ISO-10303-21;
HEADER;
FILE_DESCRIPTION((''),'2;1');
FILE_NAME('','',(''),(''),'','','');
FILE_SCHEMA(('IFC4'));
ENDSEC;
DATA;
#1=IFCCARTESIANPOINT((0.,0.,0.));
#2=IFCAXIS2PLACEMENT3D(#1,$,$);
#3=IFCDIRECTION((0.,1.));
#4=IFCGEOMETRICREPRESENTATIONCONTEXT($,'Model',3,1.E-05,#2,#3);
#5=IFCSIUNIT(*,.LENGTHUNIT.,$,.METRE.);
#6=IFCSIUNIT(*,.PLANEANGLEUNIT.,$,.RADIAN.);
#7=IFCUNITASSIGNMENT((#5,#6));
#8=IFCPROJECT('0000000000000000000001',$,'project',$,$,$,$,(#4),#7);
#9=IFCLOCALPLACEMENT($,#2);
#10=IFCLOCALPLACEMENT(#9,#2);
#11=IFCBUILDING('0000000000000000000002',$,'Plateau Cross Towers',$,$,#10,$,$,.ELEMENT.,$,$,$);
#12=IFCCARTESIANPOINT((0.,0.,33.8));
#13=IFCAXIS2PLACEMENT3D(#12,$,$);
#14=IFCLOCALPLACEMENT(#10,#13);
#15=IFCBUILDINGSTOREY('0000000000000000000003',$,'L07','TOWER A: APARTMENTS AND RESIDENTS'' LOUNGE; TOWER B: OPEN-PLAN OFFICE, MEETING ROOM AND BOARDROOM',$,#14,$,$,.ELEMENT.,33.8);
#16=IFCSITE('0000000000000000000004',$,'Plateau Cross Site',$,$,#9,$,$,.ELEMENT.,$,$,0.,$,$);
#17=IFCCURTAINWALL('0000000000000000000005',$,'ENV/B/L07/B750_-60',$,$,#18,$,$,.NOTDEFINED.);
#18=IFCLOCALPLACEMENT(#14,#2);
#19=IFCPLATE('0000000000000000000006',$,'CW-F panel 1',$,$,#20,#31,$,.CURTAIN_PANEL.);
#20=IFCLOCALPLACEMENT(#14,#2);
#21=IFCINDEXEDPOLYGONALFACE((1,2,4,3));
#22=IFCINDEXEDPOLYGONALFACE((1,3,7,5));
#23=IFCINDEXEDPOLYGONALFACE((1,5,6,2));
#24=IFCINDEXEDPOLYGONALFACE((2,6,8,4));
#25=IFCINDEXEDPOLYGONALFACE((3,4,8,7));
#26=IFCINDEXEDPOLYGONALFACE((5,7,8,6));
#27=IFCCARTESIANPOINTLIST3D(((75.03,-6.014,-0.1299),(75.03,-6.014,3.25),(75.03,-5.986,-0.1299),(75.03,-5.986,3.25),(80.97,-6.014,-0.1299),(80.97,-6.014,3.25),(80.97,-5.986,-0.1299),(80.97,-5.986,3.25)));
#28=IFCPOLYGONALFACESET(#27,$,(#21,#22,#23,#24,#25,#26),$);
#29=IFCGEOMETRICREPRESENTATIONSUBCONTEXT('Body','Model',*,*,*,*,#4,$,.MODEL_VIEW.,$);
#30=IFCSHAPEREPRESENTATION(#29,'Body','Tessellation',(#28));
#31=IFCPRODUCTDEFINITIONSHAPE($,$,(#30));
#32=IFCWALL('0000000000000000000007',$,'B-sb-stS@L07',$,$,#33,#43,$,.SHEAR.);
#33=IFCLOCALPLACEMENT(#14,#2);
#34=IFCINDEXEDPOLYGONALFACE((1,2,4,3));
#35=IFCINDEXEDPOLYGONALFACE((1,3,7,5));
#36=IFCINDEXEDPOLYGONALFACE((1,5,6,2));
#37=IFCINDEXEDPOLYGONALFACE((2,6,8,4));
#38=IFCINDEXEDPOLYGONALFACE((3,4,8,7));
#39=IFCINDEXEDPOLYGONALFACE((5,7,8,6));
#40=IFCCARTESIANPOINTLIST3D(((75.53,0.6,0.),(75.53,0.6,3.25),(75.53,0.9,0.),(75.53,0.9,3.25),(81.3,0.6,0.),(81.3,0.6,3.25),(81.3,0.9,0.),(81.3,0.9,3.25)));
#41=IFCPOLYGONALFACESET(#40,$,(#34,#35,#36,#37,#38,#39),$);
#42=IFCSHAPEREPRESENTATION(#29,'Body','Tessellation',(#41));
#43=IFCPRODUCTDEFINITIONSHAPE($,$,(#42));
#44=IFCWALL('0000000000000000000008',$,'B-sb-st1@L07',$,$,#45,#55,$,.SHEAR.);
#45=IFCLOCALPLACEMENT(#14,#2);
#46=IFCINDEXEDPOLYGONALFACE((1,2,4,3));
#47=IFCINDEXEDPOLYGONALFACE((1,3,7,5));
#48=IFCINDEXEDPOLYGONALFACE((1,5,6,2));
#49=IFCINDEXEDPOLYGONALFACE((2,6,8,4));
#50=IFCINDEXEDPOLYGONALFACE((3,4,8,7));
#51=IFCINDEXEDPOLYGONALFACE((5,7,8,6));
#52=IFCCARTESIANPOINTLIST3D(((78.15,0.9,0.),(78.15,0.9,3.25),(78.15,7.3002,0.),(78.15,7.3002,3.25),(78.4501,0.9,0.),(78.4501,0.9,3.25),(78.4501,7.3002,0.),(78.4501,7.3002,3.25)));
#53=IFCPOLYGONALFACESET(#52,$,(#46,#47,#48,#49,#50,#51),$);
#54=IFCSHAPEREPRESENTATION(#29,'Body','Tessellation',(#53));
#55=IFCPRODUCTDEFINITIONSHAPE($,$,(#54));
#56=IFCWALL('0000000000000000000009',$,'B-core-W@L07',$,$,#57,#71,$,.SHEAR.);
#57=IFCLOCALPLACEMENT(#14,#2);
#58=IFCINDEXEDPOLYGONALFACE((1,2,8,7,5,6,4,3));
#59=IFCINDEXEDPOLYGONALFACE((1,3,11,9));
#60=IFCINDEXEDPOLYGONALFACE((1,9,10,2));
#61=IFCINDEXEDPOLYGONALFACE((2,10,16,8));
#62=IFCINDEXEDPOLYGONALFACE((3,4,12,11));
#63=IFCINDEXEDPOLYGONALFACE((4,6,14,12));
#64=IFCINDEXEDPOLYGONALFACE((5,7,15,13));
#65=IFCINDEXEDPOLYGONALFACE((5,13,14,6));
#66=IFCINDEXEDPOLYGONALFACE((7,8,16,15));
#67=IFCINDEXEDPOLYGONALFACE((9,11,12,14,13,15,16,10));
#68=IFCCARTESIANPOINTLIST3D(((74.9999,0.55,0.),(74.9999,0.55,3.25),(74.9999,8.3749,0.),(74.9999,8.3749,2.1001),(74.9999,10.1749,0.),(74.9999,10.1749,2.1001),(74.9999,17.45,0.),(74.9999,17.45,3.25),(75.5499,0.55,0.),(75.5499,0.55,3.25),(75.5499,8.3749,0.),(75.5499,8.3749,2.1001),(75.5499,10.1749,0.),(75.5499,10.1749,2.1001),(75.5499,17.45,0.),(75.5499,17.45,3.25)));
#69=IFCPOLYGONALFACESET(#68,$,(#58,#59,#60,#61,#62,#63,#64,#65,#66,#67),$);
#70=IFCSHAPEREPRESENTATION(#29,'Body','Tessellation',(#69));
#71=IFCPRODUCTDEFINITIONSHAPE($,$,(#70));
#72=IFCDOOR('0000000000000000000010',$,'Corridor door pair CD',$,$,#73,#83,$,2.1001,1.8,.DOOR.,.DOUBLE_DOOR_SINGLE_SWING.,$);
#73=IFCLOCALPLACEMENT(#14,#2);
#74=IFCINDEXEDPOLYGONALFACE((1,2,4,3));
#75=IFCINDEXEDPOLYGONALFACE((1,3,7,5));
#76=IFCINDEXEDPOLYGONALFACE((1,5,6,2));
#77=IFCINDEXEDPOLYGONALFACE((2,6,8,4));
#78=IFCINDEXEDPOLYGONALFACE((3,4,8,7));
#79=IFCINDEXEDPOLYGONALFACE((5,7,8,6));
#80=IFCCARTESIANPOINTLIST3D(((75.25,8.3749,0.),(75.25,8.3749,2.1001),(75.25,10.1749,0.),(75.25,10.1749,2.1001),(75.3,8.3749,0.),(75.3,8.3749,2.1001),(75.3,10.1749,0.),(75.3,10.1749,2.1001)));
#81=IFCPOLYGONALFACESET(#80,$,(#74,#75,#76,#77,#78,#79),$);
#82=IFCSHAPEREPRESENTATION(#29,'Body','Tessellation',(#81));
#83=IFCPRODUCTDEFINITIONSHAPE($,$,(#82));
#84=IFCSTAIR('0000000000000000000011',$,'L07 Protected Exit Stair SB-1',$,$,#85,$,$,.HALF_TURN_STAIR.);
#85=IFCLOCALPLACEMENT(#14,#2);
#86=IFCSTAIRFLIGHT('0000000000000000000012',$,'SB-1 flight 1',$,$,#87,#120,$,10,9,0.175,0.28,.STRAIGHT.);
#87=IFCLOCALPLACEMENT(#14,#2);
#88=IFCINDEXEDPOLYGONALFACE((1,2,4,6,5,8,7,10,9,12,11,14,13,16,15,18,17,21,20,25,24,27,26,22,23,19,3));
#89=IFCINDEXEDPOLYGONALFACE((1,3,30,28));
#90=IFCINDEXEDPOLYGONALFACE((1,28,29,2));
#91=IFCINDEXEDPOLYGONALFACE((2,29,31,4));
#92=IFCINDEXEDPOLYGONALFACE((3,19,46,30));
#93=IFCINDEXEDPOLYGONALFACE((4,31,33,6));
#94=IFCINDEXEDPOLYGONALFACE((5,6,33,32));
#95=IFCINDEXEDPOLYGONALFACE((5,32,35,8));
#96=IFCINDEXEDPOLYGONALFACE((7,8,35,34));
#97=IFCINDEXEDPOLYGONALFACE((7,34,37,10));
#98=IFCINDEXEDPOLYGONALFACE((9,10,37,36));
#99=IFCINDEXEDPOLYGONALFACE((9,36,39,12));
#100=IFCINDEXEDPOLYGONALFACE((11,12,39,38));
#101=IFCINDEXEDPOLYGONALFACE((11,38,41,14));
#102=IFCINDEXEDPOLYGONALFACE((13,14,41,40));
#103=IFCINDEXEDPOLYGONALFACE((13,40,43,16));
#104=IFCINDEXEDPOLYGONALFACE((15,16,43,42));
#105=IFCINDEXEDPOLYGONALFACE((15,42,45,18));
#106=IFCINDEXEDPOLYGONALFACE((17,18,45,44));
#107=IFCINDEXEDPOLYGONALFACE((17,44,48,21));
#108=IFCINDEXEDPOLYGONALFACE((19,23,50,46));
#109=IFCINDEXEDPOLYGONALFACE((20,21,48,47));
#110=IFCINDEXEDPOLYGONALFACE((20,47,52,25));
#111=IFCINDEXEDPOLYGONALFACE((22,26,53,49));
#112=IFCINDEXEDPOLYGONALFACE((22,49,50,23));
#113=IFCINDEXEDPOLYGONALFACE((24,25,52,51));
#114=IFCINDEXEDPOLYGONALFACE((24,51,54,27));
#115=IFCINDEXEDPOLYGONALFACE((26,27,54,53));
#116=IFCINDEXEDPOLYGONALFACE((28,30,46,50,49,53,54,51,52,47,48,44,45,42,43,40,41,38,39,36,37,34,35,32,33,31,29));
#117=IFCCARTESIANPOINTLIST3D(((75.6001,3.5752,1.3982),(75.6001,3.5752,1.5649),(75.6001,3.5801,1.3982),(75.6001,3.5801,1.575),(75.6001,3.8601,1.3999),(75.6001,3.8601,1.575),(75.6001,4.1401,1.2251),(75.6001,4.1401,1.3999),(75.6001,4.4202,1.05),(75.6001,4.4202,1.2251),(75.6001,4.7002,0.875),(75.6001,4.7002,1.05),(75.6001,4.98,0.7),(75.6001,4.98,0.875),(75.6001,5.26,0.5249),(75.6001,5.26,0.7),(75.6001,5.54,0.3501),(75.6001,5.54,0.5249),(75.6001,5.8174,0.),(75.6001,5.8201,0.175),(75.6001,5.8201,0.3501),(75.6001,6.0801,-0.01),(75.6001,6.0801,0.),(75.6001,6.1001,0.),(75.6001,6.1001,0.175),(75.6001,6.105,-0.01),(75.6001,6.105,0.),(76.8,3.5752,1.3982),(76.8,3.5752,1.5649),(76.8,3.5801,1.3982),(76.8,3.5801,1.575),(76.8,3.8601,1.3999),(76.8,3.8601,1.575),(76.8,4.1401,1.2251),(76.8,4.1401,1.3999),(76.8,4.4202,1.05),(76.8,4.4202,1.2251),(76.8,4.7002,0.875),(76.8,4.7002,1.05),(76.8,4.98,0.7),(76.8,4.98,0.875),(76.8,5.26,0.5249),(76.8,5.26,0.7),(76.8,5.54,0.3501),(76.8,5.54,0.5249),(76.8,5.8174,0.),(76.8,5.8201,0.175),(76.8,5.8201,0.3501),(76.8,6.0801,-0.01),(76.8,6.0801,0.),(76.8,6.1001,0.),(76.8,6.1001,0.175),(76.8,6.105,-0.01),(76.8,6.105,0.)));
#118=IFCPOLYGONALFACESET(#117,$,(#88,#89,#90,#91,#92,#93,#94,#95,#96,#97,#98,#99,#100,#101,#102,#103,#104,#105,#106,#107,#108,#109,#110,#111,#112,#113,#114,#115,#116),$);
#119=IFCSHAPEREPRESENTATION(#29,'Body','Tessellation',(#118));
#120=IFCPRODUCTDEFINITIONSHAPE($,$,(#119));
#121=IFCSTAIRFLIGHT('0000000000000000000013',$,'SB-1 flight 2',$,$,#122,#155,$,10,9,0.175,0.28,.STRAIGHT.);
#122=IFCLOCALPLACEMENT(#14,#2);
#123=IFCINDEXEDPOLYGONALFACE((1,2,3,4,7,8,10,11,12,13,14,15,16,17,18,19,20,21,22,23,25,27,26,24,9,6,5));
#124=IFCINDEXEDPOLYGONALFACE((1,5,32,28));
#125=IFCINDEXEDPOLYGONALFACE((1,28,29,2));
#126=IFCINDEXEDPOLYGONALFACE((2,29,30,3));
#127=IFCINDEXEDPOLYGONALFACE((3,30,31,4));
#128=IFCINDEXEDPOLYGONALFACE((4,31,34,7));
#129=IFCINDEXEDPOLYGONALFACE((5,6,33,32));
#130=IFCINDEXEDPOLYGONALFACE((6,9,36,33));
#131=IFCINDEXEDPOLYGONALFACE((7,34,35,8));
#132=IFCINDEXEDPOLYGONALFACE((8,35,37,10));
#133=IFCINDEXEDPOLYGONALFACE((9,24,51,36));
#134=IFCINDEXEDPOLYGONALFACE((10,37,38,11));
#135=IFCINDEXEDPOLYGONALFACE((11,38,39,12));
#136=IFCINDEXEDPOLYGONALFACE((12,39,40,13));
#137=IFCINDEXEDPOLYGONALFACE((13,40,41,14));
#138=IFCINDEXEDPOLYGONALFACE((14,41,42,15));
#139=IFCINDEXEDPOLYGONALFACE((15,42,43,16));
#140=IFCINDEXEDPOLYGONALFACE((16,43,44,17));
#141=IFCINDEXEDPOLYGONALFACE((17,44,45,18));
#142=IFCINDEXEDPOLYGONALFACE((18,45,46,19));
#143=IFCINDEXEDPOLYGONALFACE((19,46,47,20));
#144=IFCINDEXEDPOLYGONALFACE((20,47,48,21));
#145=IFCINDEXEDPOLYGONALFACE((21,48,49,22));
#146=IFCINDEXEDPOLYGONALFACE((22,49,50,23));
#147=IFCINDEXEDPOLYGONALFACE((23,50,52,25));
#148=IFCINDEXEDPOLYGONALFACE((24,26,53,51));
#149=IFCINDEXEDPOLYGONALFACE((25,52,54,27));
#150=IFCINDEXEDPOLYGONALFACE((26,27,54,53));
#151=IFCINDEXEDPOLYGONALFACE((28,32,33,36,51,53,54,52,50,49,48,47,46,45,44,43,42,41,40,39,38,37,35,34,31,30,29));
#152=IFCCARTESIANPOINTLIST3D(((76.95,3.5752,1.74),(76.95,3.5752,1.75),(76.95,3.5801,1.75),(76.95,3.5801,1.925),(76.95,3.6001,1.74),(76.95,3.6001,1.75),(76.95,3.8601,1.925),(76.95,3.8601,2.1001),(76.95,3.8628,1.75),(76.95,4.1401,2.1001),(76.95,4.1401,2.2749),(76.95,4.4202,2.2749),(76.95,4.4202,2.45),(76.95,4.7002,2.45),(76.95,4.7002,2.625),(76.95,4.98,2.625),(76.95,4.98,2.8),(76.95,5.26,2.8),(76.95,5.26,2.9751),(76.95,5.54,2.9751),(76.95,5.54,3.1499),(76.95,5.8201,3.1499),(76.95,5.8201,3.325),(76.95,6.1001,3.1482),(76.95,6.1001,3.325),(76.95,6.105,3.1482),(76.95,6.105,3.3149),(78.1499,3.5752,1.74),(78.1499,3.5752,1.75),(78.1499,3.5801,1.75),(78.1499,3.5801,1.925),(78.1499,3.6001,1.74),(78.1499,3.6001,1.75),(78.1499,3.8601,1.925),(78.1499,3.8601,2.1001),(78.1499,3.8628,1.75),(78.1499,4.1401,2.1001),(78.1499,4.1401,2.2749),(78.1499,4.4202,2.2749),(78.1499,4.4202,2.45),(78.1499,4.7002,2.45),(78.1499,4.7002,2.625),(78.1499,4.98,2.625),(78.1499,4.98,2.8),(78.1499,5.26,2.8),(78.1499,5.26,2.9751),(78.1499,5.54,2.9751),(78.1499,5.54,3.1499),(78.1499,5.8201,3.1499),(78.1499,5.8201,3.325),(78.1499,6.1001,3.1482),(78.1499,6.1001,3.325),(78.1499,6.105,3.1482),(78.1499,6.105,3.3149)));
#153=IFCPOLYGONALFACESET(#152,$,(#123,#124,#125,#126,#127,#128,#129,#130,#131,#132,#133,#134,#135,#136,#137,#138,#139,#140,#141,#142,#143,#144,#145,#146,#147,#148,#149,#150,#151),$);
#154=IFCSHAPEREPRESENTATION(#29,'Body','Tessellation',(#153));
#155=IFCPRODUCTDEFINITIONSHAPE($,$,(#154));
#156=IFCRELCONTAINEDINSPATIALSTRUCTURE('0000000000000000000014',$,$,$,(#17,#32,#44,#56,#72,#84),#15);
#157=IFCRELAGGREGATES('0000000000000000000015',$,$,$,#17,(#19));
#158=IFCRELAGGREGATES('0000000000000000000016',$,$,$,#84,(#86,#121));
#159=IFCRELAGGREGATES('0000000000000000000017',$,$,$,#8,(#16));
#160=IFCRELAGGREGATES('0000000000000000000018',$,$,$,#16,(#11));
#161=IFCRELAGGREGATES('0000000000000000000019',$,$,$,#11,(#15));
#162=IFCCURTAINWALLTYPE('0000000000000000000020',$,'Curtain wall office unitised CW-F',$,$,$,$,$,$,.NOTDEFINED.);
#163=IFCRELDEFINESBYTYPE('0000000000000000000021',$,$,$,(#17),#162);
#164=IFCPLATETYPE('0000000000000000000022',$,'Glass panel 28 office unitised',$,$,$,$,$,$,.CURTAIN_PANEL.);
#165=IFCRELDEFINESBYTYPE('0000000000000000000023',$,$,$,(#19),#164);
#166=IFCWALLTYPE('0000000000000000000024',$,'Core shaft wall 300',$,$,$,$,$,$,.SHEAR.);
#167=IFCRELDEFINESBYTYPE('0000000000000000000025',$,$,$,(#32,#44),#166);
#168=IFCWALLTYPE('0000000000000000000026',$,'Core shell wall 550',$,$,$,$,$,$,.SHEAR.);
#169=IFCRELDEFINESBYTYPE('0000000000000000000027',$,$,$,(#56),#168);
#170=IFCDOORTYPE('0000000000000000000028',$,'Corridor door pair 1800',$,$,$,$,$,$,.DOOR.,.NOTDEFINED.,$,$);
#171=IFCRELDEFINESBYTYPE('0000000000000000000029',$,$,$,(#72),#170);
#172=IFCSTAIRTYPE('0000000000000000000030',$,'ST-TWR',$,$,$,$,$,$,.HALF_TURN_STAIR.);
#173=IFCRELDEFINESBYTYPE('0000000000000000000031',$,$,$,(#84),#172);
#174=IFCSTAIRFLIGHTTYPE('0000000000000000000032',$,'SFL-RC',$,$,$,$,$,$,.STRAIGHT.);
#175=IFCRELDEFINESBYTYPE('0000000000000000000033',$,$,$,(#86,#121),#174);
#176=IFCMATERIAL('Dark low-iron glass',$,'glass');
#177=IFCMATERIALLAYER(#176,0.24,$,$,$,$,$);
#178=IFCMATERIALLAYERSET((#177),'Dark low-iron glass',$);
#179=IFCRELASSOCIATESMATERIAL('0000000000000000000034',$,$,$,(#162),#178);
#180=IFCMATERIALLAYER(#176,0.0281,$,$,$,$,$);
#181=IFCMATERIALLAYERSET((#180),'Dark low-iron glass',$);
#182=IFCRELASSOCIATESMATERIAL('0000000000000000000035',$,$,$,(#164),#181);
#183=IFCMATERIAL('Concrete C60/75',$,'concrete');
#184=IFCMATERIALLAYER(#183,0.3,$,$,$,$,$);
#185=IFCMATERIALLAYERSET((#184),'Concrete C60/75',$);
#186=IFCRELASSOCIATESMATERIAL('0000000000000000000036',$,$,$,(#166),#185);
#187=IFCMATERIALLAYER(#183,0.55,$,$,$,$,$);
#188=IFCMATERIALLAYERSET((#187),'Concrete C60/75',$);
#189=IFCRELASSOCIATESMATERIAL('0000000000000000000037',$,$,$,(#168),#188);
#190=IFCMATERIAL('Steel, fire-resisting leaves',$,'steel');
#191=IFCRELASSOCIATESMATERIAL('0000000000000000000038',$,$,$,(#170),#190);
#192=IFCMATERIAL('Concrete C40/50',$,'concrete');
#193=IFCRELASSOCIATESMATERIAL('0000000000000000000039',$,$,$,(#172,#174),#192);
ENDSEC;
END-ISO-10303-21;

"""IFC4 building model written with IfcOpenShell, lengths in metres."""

from ifc_helpers import new_model, si_unit, direction, frame, frame_2d, origin, origin_2d, place, context, subcontext, project, spatial, polyline, rectangle, outline, extrude, material, layer, layer_set, type_object, element, fill, aggregate, save


model = new_model("IFC4")

# Units and contexts
model_context = context("Model", 3, precision=1e-05, world=origin(), true_north=direction((0.0, 1.0)))
body_context = subcontext(model_context, "Body", "Model", "MODEL_VIEW")
ifc_project = project(units=[si_unit("LENGTHUNIT", "METRE"), si_unit("PLANEANGLEUNIT", "RADIAN")], contexts=[model_context])

# Site, building, storey
site_placement = place(None, origin())
site = spatial("IfcSite", under=ifc_project, at=site_placement, Name="Plateau Cross Site", CompositionType="ELEMENT", RefElevation=0.0)
building_placement = place(site_placement, origin())
building = spatial("IfcBuilding", under=site, at=building_placement, Name="Plateau Cross Towers", CompositionType="ELEMENT")
storey_placement = place(building_placement, frame((0.0, 0.0, 33.8)))
storey = spatial("IfcBuildingStorey", under=building, at=storey_placement, Name="L07", Description="TOWER A: APARTMENTS AND RESIDENTS' LOUNGE; TOWER B: OPEN-PLAN OFFICE, MEETING ROOM AND BOARDROOM", CompositionType="ELEMENT", Elevation=33.8)

# Curtain wall, plate
ifc_material_1 = material(Name="Dark low-iron glass", Category="glass")
ifc_layer_1 = layer(ifc_material_1, 0.24)
ifc_layer_set_1 = layer_set([ifc_layer_1], Name="Dark low-iron glass")
curtain_wall_type = type_object("IfcCurtainWallType", Name="Curtain wall office unitised CW-F", PredefinedType="NOTDEFINED", material=ifc_layer_set_1)
curtain_wall_placement = place(storey_placement, origin())
curtain_wall = element("IfcCurtainWall", 1, at=curtain_wall_placement, inside=storey, type_object=curtain_wall_type, Name="ENV/B/L07/B750_-60", PredefinedType="NOTDEFINED")
ifc_layer_2 = layer(ifc_material_1, 0.0281)
ifc_layer_set_2 = layer_set([ifc_layer_2], Name="Dark low-iron glass")
plate_type = type_object("IfcPlateType", Name="Glass panel 28 office unitised", PredefinedType="CURTAIN_PANEL", material=ifc_layer_set_2)
plate_placement = place(storey_placement, frame((78.0, -6.0, -0.1299), z_axis=(0.0, 0.0, 1.0), x_axis=(1.0, 0.0, 0.0)))
plate = element("IfcPlate", 2, at=plate_placement, type_object=plate_type, Name="CW-F panel 1", PredefinedType="CURTAIN_PANEL", context=body_context, shape_type="SweptSolid", body=[
    extrude(rectangle(XDim=5.9399, YDim=0.0281, at=origin_2d()), origin(), (0.0, 0.0, 1.0), 3.3799),
])
aggregate(curtain_wall, [plate])

# Walls
ifc_material_2 = material(Name="Concrete C60/75", Category="concrete")
ifc_layer_3 = layer(ifc_material_2, 0.3)
ifc_layer_set_3 = layer_set([ifc_layer_3], Name="Concrete C60/75")
wall_type_1 = type_object("IfcWallType", Name="Core shaft wall 300", PredefinedType="SHEAR", material=ifc_layer_set_3)
wall_1_placement = place(storey_placement, frame((75.53, 0.75, 0.0), z_axis=(0.0, 0.0, 1.0), x_axis=(1.0, 0.0, 0.0)))
element("IfcWall", 3, at=wall_1_placement, inside=storey, type_object=wall_type_1, Name="B-sb-stS@L07", PredefinedType="SHEAR", context=body_context, shape_type="SweptSolid", body=[
    extrude(rectangle(XDim=5.77, YDim=0.3, at=frame_2d((2.885, 0.0))), origin(), (0.0, 0.0, 1.0), 3.25),
])
wall_2_placement = place(storey_placement, frame((78.3, 0.8999, 0.0), z_axis=(0.0, 0.0, 1.0), x_axis=(0.0, 1.0, 0.0)))
element("IfcWall", 4, at=wall_2_placement, inside=storey, type_object=wall_type_1, Name="B-sb-st1@L07", PredefinedType="SHEAR", context=body_context, shape_type="SweptSolid", body=[
    extrude(rectangle(XDim=6.4001, YDim=0.3, at=frame_2d((3.2002, 0.0))), origin(), (0.0, 0.0, 1.0), 3.25),
])

# Wall, opening, door
ifc_layer_4 = layer(ifc_material_2, 0.55)
ifc_layer_set_4 = layer_set([ifc_layer_4], Name="Concrete C60/75")
wall_type_2 = type_object("IfcWallType", Name="Core shell wall 550", PredefinedType="SHEAR", material=ifc_layer_set_4)
wall_3_placement = place(storey_placement, frame((75.2749, 0.55, 0.0), z_axis=(0.0, 0.0, 1.0), x_axis=(0.0, 1.0, 0.0)))
wall_3 = element("IfcWall", 5, at=wall_3_placement, inside=storey, type_object=wall_type_2, Name="B-core-W@L07", PredefinedType="SHEAR", context=body_context, shape_type="SweptSolid", body=[
    extrude(rectangle(XDim=16.8999, YDim=0.55, at=frame_2d((8.45, 0.0))), origin(), (0.0, 0.0, 1.0), 3.25),
])
opening_1_placement = place(wall_3_placement, frame((7.825, 0.0, 0.0)))
opening_1 = element("IfcOpeningElement", 6, at=opening_1_placement, cuts=wall_3, PredefinedType="OPENING", context=body_context, shape_type="SweptSolid", body=[
    extrude(rectangle(XDim=1.8, YDim=2.1001, at=frame_2d((0.8999, 1.05))), frame((0.0, 0.2849, 0.0), z_axis=(0.0, -1.0, 0.0), x_axis=(1.0, 0.0, 0.0)), (0.0, 0.0, 1.0), 0.5701),
])
ifc_material_3 = material(Name="Steel, fire-resisting leaves", Category="steel")
door_type_1 = type_object("IfcDoorType", Name="Corridor door pair 1800", OperationType="NOTDEFINED", PredefinedType="DOOR", material=ifc_material_3)
door_1_placement = place(opening_1_placement, origin())
door_1 = element("IfcDoor", 7, at=door_1_placement, inside=storey, type_object=door_type_1, Name="Corridor door pair CD", OperationType="DOUBLE_DOOR_SINGLE_SWING", OverallHeight=2.1001, OverallWidth=1.8, PredefinedType="DOOR", context=body_context, shape_type="SweptSolid", body=[
    extrude(rectangle(XDim=1.8, YDim=2.1001, at=frame_2d((0.8999, 1.05))), frame((0.0, 0.0249, 0.0), z_axis=(0.0, -1.0, 0.0), x_axis=(1.0, 0.0, 0.0)), (0.0, 0.0, 1.0), 0.05),
])
fill(opening_1, door_1)

# Stair, stair flights
ifc_material_4 = material(Name="Concrete C40/50", Category="concrete")
stair_type = type_object("IfcStairType", Name="ST-TWR", PredefinedType="HALF_TURN_STAIR", material=ifc_material_4)
stair_1_placement = place(storey_placement, origin())
stair_1 = element("IfcStair", 8, at=stair_1_placement, inside=storey, type_object=stair_type, Name="L07 Protected Exit Stair SB-1", PredefinedType="HALF_TURN_STAIR")
stair_flight_type = type_object("IfcStairFlightType", Name="SFL-RC", PredefinedType="STRAIGHT", material=ifc_material_4)
stair_flight_1_placement = place(storey_placement, frame((76.2, 6.1001, 0.0), z_axis=(0.0, 0.0, 1.0), x_axis=(0.0, -1.0, 0.0)))
stair_flight_1 = element("IfcStairFlight", 9, at=stair_flight_1_placement, type_object=stair_flight_type, Name="SB-1 flight 1", NumberOfRisers=10, NumberOfTreads=9, PredefinedType="STRAIGHT", RiserHeight=0.175, TreadLength=0.28, context=body_context, shape_type="SweptSolid", body=[
    extrude(outline(polyline([(-0.0049, -0.01), (-0.0049, 0.0), (0.0, 0.0), (0.0, 0.175), (0.28, 0.175), (0.28, 0.3501), (0.5601, 0.3501), (0.5601, 0.5249), (0.8401, 0.5249), (0.8401, 0.7), (1.1201, 0.7), (1.1201, 0.875), (1.3999, 0.875), (1.3999, 1.05), (1.6799, 1.05), (1.6799, 1.2251), (1.96, 1.2251), (1.96, 1.3999), (2.24, 1.3999), (2.24, 1.575), (2.52, 1.575), (2.5249, 1.5649), (2.5249, 1.3982), (2.52, 1.3982), (0.2827, 0.0), (0.02, 0.0), (0.02, -0.01), (-0.0049, -0.01)])), frame((0.0, 0.6001, 0.0), z_axis=(0.0, -1.0, 0.0), x_axis=(1.0, 0.0, 0.0)), (0.0, 0.0, 1.0), 1.2),
])
stair_flight_2_placement = place(storey_placement, frame((77.55, 3.5801, 1.75), z_axis=(0.0, 0.0, 1.0), x_axis=(0.0, 1.0, 0.0)))
stair_flight_2 = element("IfcStairFlight", 10, at=stair_flight_2_placement, type_object=stair_flight_type, Name="SB-1 flight 2", NumberOfRisers=10, NumberOfTreads=9, PredefinedType="STRAIGHT", RiserHeight=0.175, TreadLength=0.28, context=body_context, shape_type="SweptSolid", body=[
    extrude(outline(polyline([(-0.0049, -0.01), (-0.0049, 0.0), (0.0, 0.0), (0.0, 0.175), (0.28, 0.175), (0.28, 0.3501), (0.5601, 0.3501), (0.5601, 0.5249), (0.8401, 0.5249), (0.8401, 0.7), (1.1201, 0.7), (1.1201, 0.875), (1.3999, 0.875), (1.3999, 1.05), (1.6799, 1.05), (1.6799, 1.2251), (1.96, 1.2251), (1.96, 1.3999), (2.24, 1.3999), (2.24, 1.575), (2.52, 1.575), (2.5249, 1.5649), (2.5249, 1.3982), (2.52, 1.3982), (0.2827, 0.0), (0.02, 0.0), (0.02, -0.01), (-0.0049, -0.01)])), frame((0.0, 0.6001, 0.0), z_axis=(0.0, -1.0, 0.0), x_axis=(1.0, 0.0, 0.0)), (0.0, 0.0, 1.0), 1.2),
])
aggregate(stair_1, [stair_flight_1, stair_flight_2])

save(model, "model.ifc")
